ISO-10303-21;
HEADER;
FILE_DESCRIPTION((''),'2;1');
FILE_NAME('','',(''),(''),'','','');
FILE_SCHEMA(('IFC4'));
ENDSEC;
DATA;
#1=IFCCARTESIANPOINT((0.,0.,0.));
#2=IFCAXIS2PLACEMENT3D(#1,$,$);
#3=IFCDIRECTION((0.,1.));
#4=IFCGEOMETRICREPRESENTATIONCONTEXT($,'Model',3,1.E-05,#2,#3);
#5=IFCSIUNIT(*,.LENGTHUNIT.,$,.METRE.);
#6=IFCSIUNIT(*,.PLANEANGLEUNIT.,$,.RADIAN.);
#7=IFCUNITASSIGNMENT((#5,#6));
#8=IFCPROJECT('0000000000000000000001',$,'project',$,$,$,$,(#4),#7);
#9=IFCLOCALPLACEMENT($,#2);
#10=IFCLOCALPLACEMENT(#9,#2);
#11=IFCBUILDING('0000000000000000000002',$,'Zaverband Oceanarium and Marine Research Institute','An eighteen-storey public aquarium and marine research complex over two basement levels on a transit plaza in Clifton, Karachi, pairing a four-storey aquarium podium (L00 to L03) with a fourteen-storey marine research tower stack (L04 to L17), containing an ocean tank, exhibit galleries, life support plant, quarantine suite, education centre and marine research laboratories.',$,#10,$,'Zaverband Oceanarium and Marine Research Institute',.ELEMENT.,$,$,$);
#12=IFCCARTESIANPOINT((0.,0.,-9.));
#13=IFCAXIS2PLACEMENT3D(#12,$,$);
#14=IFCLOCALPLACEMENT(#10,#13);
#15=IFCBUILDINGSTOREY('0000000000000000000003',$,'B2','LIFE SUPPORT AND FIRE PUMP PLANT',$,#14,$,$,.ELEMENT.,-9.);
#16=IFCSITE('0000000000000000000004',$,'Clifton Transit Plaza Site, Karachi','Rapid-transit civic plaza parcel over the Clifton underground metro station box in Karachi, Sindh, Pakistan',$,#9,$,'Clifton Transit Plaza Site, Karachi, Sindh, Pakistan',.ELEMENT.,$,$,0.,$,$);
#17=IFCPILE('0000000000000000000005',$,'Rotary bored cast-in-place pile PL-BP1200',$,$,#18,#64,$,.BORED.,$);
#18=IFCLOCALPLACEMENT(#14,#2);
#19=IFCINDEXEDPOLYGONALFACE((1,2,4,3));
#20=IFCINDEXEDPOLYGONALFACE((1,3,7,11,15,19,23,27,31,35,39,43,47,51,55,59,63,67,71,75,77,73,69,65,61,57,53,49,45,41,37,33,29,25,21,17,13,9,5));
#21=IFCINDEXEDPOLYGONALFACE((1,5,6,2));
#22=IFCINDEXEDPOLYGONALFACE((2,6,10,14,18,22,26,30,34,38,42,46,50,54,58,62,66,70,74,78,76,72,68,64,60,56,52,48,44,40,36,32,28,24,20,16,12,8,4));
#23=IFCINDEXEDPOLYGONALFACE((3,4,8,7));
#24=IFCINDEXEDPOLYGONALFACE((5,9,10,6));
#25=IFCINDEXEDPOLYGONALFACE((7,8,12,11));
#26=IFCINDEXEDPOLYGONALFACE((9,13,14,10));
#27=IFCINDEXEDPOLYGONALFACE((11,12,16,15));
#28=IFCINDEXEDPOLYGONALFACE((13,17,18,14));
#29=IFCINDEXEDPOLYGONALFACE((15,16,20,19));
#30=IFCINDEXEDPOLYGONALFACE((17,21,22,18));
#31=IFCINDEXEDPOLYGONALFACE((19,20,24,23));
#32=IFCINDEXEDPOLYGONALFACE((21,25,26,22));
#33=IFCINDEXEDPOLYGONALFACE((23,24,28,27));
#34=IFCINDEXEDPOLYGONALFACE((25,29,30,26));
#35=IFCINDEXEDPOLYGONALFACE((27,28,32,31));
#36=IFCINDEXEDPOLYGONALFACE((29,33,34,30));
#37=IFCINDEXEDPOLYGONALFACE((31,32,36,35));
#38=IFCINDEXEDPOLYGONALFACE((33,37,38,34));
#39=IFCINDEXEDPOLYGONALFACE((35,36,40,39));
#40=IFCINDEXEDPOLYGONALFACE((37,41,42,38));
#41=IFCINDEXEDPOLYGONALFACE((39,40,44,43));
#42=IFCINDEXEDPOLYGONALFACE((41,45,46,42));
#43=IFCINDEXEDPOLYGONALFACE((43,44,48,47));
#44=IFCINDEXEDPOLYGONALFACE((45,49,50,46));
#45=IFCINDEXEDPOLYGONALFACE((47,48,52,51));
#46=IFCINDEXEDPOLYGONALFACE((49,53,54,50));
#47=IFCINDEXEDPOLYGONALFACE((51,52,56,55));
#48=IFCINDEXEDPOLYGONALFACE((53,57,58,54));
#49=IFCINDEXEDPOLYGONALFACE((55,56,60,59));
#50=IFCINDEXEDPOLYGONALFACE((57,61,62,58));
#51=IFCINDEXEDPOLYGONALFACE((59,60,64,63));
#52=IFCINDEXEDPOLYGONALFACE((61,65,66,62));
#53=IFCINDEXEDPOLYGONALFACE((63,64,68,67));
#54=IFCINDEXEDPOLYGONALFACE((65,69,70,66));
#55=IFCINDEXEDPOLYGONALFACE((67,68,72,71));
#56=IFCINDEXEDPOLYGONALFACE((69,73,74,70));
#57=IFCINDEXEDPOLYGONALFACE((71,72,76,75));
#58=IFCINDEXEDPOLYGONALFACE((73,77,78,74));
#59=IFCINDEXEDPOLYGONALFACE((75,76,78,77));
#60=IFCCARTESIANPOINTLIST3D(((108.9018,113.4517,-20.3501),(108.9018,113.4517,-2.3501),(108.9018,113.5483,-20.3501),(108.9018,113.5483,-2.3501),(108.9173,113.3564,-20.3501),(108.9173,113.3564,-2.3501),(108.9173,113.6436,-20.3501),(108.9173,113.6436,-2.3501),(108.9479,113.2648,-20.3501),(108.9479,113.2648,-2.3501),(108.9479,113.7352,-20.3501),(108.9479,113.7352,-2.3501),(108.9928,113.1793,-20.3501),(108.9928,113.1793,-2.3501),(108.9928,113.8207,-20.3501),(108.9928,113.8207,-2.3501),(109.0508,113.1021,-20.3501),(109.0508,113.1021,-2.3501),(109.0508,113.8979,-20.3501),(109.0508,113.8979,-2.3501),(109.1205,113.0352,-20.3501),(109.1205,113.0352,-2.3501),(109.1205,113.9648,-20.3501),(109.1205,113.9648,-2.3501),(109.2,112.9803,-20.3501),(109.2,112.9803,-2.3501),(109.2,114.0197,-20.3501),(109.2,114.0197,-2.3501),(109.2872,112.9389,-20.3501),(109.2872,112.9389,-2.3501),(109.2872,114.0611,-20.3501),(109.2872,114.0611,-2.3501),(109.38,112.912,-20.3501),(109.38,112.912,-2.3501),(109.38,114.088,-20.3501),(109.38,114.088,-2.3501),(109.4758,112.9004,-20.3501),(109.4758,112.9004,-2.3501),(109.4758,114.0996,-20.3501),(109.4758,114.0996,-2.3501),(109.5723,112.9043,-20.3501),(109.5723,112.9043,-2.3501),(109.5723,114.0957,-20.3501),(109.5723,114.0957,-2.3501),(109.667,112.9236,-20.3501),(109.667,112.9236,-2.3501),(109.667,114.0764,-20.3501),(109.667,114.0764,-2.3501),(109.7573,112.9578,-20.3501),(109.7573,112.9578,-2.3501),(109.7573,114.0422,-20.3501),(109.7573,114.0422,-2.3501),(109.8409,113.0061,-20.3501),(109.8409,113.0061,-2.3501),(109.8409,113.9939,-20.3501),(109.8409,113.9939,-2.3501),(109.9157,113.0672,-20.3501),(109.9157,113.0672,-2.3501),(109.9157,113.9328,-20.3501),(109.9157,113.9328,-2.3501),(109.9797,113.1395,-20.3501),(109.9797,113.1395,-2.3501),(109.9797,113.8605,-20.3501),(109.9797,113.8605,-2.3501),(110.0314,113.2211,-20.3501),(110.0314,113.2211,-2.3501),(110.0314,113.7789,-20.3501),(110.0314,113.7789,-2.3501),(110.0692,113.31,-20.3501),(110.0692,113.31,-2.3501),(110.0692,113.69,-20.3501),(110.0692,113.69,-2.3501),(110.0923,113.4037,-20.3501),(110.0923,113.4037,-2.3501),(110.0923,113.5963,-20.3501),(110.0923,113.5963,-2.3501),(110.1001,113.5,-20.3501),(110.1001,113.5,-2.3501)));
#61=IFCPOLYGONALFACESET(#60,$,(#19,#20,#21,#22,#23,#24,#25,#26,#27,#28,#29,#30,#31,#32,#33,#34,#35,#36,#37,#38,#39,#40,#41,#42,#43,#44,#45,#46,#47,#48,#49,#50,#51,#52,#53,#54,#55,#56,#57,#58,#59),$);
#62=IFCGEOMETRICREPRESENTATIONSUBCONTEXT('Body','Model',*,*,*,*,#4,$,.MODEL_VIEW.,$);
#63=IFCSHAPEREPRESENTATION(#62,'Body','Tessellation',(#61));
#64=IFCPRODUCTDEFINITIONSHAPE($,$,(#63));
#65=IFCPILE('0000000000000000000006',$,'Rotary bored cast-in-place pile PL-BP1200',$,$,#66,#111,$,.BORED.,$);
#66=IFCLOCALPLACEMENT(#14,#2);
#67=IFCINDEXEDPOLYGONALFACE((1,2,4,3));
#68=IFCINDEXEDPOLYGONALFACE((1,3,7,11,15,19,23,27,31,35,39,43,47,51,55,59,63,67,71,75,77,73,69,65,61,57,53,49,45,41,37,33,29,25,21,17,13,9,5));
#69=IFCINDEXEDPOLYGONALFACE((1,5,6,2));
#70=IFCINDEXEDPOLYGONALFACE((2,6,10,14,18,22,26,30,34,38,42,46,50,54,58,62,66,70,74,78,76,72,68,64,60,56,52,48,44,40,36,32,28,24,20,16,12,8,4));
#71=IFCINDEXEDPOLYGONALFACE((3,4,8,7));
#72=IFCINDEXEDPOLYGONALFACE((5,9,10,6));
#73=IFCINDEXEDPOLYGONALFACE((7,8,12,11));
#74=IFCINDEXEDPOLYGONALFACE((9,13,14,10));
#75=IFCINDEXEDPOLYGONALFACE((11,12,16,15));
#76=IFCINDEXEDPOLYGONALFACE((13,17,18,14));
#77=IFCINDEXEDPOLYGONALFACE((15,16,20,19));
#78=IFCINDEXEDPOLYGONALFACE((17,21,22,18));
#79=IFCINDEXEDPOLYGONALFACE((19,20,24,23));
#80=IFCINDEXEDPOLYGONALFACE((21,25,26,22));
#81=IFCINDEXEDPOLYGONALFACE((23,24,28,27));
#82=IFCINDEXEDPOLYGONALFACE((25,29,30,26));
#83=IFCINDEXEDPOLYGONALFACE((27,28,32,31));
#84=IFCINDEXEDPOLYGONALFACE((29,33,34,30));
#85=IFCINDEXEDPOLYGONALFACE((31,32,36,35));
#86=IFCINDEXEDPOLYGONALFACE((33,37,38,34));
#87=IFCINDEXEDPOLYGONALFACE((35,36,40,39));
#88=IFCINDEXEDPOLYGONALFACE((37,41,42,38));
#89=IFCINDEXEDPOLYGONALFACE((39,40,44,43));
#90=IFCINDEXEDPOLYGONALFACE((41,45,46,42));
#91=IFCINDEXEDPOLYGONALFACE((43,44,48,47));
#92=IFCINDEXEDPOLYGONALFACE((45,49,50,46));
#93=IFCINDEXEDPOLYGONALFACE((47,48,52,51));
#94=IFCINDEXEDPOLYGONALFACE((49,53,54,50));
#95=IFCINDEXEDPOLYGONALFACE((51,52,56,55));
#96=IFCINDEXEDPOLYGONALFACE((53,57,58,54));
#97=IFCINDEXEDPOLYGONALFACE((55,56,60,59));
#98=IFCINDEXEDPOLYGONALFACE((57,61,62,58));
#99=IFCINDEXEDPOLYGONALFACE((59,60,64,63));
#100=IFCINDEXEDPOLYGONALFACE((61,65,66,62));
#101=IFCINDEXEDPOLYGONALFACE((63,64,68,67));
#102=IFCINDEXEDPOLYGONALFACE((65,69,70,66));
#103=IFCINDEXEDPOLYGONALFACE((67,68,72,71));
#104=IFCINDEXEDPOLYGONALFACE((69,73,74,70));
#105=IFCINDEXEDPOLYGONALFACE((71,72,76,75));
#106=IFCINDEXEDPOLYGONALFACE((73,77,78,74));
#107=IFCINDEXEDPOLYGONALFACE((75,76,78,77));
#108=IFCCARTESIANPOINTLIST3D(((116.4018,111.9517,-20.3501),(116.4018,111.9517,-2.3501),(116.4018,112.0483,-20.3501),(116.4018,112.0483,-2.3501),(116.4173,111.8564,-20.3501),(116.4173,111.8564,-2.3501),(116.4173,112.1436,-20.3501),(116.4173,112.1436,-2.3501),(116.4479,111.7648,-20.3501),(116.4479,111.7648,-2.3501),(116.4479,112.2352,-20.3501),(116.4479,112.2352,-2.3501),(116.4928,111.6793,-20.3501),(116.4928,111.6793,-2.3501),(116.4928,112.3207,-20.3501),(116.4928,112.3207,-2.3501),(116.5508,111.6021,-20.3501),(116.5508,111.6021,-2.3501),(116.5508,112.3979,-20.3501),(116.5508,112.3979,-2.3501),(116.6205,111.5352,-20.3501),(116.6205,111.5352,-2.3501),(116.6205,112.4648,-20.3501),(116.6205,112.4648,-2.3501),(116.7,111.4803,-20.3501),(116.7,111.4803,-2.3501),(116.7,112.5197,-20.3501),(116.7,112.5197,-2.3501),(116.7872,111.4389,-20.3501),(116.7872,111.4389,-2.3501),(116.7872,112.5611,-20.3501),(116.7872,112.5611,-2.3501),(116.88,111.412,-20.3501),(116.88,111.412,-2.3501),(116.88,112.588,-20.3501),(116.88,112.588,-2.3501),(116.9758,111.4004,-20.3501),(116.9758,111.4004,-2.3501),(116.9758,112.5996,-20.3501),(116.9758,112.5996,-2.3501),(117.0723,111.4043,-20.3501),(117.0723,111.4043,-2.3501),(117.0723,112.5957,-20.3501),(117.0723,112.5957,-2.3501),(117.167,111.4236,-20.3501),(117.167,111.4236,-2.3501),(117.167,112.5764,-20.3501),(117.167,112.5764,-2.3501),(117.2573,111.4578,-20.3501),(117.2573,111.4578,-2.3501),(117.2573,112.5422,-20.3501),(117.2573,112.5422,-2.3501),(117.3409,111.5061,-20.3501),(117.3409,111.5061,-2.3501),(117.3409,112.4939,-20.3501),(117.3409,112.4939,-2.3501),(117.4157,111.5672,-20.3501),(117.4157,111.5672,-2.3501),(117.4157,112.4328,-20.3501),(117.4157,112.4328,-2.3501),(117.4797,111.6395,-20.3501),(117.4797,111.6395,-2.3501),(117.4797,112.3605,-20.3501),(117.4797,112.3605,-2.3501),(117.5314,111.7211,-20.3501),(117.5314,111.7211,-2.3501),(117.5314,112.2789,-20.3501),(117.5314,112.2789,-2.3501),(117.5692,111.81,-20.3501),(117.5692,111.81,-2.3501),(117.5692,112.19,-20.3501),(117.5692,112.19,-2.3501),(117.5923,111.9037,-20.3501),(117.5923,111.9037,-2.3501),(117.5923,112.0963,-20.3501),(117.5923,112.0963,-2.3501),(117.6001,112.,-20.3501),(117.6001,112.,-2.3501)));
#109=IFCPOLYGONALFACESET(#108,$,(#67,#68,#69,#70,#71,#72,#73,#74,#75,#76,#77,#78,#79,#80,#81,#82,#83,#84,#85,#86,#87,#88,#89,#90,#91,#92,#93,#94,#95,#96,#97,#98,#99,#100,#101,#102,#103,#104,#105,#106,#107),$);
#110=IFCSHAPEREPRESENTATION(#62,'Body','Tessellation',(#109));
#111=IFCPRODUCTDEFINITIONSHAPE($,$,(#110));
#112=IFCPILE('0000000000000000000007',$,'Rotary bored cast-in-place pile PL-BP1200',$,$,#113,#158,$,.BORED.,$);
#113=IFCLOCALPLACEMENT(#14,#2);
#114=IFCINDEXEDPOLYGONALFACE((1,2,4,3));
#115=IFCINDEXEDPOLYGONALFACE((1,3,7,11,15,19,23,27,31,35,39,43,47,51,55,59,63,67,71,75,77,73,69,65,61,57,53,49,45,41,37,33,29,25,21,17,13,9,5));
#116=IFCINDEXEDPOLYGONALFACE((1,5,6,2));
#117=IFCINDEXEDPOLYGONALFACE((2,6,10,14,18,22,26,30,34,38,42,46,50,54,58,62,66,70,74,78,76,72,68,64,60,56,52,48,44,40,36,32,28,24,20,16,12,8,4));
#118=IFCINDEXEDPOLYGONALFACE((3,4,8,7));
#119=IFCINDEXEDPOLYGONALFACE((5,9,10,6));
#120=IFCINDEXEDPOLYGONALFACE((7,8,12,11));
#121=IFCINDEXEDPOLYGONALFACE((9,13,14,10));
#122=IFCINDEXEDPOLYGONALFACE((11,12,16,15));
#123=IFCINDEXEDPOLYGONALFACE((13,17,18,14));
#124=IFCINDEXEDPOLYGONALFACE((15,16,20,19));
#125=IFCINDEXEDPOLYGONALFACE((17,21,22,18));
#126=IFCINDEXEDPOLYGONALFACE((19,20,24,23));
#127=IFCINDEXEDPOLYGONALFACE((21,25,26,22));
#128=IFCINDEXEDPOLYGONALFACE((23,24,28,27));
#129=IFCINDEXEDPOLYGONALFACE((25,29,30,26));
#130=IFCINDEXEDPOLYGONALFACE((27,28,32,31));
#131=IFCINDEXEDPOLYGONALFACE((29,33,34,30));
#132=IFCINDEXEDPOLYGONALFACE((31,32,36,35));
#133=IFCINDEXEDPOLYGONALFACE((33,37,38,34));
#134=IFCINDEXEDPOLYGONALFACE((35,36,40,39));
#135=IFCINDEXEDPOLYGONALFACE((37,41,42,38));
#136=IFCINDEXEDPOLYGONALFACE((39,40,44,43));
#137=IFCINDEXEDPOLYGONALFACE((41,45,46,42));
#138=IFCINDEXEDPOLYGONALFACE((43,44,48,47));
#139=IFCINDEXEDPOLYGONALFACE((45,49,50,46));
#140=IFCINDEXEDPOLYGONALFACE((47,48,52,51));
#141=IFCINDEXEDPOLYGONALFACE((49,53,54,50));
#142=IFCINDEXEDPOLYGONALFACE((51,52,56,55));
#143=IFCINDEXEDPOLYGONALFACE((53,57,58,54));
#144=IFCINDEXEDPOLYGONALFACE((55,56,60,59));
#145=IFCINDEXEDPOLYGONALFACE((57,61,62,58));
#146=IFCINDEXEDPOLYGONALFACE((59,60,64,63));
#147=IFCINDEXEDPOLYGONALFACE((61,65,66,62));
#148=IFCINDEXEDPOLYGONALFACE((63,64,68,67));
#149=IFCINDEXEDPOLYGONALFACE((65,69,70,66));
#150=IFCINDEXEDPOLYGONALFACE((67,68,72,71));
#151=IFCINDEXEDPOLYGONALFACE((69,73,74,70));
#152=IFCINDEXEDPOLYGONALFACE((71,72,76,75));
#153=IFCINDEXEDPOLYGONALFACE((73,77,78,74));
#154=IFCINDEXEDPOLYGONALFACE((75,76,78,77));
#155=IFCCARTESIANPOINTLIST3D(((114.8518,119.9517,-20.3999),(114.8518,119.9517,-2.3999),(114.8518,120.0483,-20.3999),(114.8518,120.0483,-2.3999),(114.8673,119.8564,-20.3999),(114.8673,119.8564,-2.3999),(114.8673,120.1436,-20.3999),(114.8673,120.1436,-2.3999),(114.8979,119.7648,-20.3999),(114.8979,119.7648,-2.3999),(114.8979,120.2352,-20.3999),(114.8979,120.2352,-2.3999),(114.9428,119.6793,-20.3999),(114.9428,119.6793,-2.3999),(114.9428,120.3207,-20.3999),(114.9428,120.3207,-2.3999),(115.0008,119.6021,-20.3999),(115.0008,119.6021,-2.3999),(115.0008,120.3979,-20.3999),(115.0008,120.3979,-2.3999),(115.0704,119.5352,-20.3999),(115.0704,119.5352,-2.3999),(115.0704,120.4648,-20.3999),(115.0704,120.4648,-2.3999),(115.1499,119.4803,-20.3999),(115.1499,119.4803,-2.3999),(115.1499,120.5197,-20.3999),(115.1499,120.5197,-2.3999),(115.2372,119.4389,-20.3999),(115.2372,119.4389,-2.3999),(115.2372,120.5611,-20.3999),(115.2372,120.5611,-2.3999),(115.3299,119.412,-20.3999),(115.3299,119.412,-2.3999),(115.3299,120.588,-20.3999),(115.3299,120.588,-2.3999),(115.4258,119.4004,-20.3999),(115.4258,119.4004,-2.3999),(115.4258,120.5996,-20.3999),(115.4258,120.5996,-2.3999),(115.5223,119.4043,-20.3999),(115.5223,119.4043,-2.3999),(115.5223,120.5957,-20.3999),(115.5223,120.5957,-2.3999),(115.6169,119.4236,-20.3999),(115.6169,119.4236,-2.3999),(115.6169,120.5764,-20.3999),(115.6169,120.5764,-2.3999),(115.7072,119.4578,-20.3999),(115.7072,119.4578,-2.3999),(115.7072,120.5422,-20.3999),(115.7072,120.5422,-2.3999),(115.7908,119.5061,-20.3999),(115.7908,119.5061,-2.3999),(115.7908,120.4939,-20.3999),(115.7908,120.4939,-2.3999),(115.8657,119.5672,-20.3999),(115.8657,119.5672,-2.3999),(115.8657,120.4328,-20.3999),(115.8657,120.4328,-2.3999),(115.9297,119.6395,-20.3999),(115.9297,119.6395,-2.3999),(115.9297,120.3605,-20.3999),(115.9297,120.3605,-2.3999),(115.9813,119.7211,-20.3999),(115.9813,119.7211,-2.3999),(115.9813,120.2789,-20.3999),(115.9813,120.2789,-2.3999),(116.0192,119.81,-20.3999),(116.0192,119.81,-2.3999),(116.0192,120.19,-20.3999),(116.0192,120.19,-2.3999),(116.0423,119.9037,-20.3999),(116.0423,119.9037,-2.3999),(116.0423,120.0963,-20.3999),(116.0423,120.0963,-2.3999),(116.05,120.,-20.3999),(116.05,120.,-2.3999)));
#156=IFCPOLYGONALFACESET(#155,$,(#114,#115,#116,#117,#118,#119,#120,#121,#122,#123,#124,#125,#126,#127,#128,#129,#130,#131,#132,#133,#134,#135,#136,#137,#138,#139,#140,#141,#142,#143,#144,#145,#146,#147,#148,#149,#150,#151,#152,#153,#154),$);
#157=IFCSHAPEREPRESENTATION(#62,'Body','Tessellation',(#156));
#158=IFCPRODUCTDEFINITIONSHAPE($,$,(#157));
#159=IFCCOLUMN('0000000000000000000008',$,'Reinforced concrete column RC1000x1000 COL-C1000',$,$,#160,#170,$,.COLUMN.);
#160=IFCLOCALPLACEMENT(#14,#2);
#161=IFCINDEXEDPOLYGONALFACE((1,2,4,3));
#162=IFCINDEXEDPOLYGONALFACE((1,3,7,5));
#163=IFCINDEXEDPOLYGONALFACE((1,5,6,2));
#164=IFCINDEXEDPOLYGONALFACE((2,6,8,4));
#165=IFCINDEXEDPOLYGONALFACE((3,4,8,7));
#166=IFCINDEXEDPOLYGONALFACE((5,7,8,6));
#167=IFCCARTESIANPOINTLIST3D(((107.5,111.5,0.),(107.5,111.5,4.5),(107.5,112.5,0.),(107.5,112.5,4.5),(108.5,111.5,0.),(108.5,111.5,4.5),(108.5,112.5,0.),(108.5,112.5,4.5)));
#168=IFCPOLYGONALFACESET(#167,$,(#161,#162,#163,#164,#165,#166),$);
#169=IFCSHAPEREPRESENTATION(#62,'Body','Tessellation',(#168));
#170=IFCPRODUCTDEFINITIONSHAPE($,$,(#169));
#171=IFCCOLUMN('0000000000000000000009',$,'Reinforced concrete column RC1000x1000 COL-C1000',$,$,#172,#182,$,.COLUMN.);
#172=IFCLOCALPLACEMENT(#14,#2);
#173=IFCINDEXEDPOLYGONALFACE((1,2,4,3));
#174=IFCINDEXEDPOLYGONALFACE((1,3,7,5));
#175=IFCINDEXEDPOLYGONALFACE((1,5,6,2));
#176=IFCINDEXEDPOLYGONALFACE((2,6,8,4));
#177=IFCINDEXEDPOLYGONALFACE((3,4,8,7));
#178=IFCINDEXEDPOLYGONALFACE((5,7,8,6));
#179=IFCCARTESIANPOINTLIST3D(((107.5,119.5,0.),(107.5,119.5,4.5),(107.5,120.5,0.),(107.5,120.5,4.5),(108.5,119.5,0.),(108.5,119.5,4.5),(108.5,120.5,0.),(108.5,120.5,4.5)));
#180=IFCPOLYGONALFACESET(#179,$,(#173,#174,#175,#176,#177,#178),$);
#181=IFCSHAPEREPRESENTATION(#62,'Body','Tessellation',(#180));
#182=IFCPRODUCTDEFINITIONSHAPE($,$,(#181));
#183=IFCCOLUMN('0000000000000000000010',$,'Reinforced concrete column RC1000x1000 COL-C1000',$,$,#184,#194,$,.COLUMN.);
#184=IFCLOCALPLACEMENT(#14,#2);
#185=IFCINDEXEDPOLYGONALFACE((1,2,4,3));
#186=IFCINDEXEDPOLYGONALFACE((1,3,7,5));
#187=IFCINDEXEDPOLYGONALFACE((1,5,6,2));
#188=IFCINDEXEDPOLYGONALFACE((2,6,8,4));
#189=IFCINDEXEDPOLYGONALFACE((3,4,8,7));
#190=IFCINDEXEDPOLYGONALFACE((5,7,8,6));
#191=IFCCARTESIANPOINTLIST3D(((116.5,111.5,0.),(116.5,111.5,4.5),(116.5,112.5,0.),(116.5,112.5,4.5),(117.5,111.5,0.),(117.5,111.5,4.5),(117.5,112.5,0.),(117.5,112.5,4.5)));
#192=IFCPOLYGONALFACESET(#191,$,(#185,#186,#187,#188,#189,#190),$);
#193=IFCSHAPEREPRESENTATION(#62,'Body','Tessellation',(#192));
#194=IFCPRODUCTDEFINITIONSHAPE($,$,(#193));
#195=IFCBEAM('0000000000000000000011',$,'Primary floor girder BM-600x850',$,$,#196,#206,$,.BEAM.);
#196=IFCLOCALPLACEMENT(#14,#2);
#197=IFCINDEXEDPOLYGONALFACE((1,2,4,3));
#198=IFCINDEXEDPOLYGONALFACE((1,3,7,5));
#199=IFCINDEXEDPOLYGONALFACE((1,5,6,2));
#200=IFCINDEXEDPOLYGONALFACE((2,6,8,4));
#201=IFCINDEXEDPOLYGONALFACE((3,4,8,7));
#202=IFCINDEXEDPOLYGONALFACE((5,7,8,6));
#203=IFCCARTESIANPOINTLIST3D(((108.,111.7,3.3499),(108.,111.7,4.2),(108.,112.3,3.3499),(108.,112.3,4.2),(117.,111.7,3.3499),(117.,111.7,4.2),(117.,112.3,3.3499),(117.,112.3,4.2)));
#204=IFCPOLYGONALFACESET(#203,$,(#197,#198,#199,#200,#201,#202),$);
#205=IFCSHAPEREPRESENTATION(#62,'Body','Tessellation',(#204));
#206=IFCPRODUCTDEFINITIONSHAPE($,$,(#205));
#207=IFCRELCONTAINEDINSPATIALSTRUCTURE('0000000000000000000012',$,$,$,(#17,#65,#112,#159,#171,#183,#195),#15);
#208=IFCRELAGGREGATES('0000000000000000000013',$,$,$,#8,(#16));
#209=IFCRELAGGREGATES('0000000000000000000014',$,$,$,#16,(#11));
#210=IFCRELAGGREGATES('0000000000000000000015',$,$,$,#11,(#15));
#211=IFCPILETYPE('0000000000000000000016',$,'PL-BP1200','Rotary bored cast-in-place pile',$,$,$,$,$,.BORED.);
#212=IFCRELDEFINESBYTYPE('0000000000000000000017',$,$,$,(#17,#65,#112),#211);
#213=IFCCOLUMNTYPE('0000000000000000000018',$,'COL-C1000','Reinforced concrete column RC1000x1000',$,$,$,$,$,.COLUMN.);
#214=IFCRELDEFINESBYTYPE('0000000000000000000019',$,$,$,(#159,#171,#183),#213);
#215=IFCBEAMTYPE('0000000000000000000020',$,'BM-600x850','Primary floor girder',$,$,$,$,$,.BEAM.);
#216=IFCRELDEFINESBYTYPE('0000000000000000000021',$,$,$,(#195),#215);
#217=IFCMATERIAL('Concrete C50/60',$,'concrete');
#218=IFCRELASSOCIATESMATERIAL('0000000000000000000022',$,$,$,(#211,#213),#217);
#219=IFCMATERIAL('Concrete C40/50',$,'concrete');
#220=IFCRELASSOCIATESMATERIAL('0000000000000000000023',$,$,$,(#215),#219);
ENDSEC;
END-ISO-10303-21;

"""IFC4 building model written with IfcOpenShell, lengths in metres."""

from ifc_helpers import new_model, si_unit, direction, frame, origin, origin_2d, place, context, subcontext, project, spatial, rectangle, circle, extrude, material, material_profile, profile_set, type_object, element, save


model = new_model("IFC4")

# Units and contexts
model_context = context("Model", 3, precision=1e-05, world=origin(), true_north=direction((0.0, 1.0)))
body_context = subcontext(model_context, "Body", "Model", "MODEL_VIEW")
ifc_project = project(units=[si_unit("LENGTHUNIT", "METRE"), si_unit("PLANEANGLEUNIT", "RADIAN")], contexts=[model_context])

# Site, building, storey
site_placement = place(None, origin())
site = spatial("IfcSite", under=ifc_project, at=site_placement, Name="Clifton Transit Plaza Site, Karachi", Description="Rapid-transit civic plaza parcel over the Clifton underground metro station box in Karachi, Sindh, Pakistan", LongName="Clifton Transit Plaza Site, Karachi, Sindh, Pakistan", CompositionType="ELEMENT", RefElevation=0.0)
building_placement = place(site_placement, origin())
building = spatial("IfcBuilding", under=site, at=building_placement, Name="Zaverband Oceanarium and Marine Research Institute", Description="An eighteen-storey public aquarium and marine research complex over two basement levels on a transit plaza in Clifton, Karachi, pairing a four-storey aquarium podium (L00 to L03) with a fourteen-storey marine research tower stack (L04 to L17), containing an ocean tank, exhibit galleries, life support plant, quarantine suite, education centre and marine research laboratories.", LongName="Zaverband Oceanarium and Marine Research Institute", CompositionType="ELEMENT")
storey_placement = place(building_placement, frame((0.0, 0.0, -9.0)))
storey = spatial("IfcBuildingStorey", under=building, at=storey_placement, Name="B2", Description="LIFE SUPPORT AND FIRE PUMP PLANT", CompositionType="ELEMENT", Elevation=-9.0)

# Shared definitions
ifc_material_1 = material(Name="Concrete C50/60", Category="concrete")

# Piles
ifc_material_profile_1 = material_profile(ifc_material_1, circle(Radius=0.6001, at=origin_2d()), Name="BP1200")
ifc_profile_set_1 = profile_set([ifc_material_profile_1], Name="Concrete C50/60")
pile_type_1 = type_object("IfcPileType", Name="PL-BP1200", Description="Rotary bored cast-in-place pile", PredefinedType="BORED", material=ifc_profile_set_1)
for number, where, z_axis, x_axis, name in (
    (1, (109.5, 113.5, -2.3501), (0.0, 0.0, -1.0), (1.0, 0.0, 0.0), "Rotary bored cast-in-place pile PL-BP1200"),
    (2, (117.0, 112.0, -2.3501), (0.0, 0.0, -1.0), (1.0, 0.0, 0.0), "Rotary bored cast-in-place pile PL-BP1200"),
    (3, (115.45, 120.0, -2.3999), (0.0, 0.0, -1.0), (1.0, 0.0, 0.0), "Rotary bored cast-in-place pile PL-BP1200"),
):
    element("IfcPile", number, at=place(storey_placement, frame(where, z_axis=z_axis, x_axis=x_axis)), inside=storey, type_object=pile_type_1, Name=name, PredefinedType="BORED", context=body_context, shape_type="SweptSolid", body=[
        extrude(circle(Radius=0.6001, at=origin_2d()), origin(), (0.0, 0.0, 1.0), 18.0),
    ])

# Columns
ifc_material_profile_2 = material_profile(ifc_material_1, rectangle(XDim=1.0, YDim=1.0, at=origin_2d()), Name="RC1000x1000")
ifc_profile_set_2 = profile_set([ifc_material_profile_2], Name="Concrete C50/60")
column_type = type_object("IfcColumnType", Name="COL-C1000", Description="Reinforced concrete column RC1000x1000", PredefinedType="COLUMN", material=ifc_profile_set_2)
for number, where, z_axis, x_axis, name in (
    (4, (108.0, 112.0, 0.0), (0.0, 0.0, 1.0), (1.0, 0.0, 0.0), "Reinforced concrete column RC1000x1000 COL-C1000"),
    (5, (108.0, 120.0, 0.0), (0.0, 0.0, 1.0), (1.0, 0.0, 0.0), "Reinforced concrete column RC1000x1000 COL-C1000"),
    (6, (117.0, 112.0, 0.0), (0.0, 0.0, 1.0), (1.0, 0.0, 0.0), "Reinforced concrete column RC1000x1000 COL-C1000"),
):
    element("IfcColumn", number, at=place(storey_placement, frame(where, z_axis=z_axis, x_axis=x_axis)), inside=storey, type_object=column_type, Name=name, PredefinedType="COLUMN", context=body_context, shape_type="SweptSolid", body=[
        extrude(rectangle(XDim=1.0, YDim=1.0, at=origin_2d()), origin(), (0.0, 0.0, 1.0), 4.5),
    ])

# Beam
ifc_material_2 = material(Name="Concrete C40/50", Category="concrete")
ifc_material_profile_3 = material_profile(ifc_material_2, rectangle(XDim=0.6001, YDim=0.8501, at=origin_2d()), Name="RC600x850")
ifc_profile_set_3 = profile_set([ifc_material_profile_3], Name="Concrete C40/50")
beam_type_1 = type_object("IfcBeamType", Name="BM-600x850", Description="Primary floor girder", PredefinedType="BEAM", material=ifc_profile_set_3)
for number, where, z_axis, x_axis, name in (
    (7, (108.0, 112.0, 3.7749), (1.0, 0.0, 0.0), (0.0, 1.0, 0.0), "Primary floor girder BM-600x850"),
):
    element("IfcBeam", number, at=place(storey_placement, frame(where, z_axis=z_axis, x_axis=x_axis)), inside=storey, type_object=beam_type_1, Name=name, PredefinedType="BEAM", context=body_context, shape_type="SweptSolid", body=[
        extrude(rectangle(XDim=0.6001, YDim=0.8501, at=origin_2d()), origin(), (0.0, 0.0, 1.0), 9.0),
    ])

save(model, "model.ifc")
